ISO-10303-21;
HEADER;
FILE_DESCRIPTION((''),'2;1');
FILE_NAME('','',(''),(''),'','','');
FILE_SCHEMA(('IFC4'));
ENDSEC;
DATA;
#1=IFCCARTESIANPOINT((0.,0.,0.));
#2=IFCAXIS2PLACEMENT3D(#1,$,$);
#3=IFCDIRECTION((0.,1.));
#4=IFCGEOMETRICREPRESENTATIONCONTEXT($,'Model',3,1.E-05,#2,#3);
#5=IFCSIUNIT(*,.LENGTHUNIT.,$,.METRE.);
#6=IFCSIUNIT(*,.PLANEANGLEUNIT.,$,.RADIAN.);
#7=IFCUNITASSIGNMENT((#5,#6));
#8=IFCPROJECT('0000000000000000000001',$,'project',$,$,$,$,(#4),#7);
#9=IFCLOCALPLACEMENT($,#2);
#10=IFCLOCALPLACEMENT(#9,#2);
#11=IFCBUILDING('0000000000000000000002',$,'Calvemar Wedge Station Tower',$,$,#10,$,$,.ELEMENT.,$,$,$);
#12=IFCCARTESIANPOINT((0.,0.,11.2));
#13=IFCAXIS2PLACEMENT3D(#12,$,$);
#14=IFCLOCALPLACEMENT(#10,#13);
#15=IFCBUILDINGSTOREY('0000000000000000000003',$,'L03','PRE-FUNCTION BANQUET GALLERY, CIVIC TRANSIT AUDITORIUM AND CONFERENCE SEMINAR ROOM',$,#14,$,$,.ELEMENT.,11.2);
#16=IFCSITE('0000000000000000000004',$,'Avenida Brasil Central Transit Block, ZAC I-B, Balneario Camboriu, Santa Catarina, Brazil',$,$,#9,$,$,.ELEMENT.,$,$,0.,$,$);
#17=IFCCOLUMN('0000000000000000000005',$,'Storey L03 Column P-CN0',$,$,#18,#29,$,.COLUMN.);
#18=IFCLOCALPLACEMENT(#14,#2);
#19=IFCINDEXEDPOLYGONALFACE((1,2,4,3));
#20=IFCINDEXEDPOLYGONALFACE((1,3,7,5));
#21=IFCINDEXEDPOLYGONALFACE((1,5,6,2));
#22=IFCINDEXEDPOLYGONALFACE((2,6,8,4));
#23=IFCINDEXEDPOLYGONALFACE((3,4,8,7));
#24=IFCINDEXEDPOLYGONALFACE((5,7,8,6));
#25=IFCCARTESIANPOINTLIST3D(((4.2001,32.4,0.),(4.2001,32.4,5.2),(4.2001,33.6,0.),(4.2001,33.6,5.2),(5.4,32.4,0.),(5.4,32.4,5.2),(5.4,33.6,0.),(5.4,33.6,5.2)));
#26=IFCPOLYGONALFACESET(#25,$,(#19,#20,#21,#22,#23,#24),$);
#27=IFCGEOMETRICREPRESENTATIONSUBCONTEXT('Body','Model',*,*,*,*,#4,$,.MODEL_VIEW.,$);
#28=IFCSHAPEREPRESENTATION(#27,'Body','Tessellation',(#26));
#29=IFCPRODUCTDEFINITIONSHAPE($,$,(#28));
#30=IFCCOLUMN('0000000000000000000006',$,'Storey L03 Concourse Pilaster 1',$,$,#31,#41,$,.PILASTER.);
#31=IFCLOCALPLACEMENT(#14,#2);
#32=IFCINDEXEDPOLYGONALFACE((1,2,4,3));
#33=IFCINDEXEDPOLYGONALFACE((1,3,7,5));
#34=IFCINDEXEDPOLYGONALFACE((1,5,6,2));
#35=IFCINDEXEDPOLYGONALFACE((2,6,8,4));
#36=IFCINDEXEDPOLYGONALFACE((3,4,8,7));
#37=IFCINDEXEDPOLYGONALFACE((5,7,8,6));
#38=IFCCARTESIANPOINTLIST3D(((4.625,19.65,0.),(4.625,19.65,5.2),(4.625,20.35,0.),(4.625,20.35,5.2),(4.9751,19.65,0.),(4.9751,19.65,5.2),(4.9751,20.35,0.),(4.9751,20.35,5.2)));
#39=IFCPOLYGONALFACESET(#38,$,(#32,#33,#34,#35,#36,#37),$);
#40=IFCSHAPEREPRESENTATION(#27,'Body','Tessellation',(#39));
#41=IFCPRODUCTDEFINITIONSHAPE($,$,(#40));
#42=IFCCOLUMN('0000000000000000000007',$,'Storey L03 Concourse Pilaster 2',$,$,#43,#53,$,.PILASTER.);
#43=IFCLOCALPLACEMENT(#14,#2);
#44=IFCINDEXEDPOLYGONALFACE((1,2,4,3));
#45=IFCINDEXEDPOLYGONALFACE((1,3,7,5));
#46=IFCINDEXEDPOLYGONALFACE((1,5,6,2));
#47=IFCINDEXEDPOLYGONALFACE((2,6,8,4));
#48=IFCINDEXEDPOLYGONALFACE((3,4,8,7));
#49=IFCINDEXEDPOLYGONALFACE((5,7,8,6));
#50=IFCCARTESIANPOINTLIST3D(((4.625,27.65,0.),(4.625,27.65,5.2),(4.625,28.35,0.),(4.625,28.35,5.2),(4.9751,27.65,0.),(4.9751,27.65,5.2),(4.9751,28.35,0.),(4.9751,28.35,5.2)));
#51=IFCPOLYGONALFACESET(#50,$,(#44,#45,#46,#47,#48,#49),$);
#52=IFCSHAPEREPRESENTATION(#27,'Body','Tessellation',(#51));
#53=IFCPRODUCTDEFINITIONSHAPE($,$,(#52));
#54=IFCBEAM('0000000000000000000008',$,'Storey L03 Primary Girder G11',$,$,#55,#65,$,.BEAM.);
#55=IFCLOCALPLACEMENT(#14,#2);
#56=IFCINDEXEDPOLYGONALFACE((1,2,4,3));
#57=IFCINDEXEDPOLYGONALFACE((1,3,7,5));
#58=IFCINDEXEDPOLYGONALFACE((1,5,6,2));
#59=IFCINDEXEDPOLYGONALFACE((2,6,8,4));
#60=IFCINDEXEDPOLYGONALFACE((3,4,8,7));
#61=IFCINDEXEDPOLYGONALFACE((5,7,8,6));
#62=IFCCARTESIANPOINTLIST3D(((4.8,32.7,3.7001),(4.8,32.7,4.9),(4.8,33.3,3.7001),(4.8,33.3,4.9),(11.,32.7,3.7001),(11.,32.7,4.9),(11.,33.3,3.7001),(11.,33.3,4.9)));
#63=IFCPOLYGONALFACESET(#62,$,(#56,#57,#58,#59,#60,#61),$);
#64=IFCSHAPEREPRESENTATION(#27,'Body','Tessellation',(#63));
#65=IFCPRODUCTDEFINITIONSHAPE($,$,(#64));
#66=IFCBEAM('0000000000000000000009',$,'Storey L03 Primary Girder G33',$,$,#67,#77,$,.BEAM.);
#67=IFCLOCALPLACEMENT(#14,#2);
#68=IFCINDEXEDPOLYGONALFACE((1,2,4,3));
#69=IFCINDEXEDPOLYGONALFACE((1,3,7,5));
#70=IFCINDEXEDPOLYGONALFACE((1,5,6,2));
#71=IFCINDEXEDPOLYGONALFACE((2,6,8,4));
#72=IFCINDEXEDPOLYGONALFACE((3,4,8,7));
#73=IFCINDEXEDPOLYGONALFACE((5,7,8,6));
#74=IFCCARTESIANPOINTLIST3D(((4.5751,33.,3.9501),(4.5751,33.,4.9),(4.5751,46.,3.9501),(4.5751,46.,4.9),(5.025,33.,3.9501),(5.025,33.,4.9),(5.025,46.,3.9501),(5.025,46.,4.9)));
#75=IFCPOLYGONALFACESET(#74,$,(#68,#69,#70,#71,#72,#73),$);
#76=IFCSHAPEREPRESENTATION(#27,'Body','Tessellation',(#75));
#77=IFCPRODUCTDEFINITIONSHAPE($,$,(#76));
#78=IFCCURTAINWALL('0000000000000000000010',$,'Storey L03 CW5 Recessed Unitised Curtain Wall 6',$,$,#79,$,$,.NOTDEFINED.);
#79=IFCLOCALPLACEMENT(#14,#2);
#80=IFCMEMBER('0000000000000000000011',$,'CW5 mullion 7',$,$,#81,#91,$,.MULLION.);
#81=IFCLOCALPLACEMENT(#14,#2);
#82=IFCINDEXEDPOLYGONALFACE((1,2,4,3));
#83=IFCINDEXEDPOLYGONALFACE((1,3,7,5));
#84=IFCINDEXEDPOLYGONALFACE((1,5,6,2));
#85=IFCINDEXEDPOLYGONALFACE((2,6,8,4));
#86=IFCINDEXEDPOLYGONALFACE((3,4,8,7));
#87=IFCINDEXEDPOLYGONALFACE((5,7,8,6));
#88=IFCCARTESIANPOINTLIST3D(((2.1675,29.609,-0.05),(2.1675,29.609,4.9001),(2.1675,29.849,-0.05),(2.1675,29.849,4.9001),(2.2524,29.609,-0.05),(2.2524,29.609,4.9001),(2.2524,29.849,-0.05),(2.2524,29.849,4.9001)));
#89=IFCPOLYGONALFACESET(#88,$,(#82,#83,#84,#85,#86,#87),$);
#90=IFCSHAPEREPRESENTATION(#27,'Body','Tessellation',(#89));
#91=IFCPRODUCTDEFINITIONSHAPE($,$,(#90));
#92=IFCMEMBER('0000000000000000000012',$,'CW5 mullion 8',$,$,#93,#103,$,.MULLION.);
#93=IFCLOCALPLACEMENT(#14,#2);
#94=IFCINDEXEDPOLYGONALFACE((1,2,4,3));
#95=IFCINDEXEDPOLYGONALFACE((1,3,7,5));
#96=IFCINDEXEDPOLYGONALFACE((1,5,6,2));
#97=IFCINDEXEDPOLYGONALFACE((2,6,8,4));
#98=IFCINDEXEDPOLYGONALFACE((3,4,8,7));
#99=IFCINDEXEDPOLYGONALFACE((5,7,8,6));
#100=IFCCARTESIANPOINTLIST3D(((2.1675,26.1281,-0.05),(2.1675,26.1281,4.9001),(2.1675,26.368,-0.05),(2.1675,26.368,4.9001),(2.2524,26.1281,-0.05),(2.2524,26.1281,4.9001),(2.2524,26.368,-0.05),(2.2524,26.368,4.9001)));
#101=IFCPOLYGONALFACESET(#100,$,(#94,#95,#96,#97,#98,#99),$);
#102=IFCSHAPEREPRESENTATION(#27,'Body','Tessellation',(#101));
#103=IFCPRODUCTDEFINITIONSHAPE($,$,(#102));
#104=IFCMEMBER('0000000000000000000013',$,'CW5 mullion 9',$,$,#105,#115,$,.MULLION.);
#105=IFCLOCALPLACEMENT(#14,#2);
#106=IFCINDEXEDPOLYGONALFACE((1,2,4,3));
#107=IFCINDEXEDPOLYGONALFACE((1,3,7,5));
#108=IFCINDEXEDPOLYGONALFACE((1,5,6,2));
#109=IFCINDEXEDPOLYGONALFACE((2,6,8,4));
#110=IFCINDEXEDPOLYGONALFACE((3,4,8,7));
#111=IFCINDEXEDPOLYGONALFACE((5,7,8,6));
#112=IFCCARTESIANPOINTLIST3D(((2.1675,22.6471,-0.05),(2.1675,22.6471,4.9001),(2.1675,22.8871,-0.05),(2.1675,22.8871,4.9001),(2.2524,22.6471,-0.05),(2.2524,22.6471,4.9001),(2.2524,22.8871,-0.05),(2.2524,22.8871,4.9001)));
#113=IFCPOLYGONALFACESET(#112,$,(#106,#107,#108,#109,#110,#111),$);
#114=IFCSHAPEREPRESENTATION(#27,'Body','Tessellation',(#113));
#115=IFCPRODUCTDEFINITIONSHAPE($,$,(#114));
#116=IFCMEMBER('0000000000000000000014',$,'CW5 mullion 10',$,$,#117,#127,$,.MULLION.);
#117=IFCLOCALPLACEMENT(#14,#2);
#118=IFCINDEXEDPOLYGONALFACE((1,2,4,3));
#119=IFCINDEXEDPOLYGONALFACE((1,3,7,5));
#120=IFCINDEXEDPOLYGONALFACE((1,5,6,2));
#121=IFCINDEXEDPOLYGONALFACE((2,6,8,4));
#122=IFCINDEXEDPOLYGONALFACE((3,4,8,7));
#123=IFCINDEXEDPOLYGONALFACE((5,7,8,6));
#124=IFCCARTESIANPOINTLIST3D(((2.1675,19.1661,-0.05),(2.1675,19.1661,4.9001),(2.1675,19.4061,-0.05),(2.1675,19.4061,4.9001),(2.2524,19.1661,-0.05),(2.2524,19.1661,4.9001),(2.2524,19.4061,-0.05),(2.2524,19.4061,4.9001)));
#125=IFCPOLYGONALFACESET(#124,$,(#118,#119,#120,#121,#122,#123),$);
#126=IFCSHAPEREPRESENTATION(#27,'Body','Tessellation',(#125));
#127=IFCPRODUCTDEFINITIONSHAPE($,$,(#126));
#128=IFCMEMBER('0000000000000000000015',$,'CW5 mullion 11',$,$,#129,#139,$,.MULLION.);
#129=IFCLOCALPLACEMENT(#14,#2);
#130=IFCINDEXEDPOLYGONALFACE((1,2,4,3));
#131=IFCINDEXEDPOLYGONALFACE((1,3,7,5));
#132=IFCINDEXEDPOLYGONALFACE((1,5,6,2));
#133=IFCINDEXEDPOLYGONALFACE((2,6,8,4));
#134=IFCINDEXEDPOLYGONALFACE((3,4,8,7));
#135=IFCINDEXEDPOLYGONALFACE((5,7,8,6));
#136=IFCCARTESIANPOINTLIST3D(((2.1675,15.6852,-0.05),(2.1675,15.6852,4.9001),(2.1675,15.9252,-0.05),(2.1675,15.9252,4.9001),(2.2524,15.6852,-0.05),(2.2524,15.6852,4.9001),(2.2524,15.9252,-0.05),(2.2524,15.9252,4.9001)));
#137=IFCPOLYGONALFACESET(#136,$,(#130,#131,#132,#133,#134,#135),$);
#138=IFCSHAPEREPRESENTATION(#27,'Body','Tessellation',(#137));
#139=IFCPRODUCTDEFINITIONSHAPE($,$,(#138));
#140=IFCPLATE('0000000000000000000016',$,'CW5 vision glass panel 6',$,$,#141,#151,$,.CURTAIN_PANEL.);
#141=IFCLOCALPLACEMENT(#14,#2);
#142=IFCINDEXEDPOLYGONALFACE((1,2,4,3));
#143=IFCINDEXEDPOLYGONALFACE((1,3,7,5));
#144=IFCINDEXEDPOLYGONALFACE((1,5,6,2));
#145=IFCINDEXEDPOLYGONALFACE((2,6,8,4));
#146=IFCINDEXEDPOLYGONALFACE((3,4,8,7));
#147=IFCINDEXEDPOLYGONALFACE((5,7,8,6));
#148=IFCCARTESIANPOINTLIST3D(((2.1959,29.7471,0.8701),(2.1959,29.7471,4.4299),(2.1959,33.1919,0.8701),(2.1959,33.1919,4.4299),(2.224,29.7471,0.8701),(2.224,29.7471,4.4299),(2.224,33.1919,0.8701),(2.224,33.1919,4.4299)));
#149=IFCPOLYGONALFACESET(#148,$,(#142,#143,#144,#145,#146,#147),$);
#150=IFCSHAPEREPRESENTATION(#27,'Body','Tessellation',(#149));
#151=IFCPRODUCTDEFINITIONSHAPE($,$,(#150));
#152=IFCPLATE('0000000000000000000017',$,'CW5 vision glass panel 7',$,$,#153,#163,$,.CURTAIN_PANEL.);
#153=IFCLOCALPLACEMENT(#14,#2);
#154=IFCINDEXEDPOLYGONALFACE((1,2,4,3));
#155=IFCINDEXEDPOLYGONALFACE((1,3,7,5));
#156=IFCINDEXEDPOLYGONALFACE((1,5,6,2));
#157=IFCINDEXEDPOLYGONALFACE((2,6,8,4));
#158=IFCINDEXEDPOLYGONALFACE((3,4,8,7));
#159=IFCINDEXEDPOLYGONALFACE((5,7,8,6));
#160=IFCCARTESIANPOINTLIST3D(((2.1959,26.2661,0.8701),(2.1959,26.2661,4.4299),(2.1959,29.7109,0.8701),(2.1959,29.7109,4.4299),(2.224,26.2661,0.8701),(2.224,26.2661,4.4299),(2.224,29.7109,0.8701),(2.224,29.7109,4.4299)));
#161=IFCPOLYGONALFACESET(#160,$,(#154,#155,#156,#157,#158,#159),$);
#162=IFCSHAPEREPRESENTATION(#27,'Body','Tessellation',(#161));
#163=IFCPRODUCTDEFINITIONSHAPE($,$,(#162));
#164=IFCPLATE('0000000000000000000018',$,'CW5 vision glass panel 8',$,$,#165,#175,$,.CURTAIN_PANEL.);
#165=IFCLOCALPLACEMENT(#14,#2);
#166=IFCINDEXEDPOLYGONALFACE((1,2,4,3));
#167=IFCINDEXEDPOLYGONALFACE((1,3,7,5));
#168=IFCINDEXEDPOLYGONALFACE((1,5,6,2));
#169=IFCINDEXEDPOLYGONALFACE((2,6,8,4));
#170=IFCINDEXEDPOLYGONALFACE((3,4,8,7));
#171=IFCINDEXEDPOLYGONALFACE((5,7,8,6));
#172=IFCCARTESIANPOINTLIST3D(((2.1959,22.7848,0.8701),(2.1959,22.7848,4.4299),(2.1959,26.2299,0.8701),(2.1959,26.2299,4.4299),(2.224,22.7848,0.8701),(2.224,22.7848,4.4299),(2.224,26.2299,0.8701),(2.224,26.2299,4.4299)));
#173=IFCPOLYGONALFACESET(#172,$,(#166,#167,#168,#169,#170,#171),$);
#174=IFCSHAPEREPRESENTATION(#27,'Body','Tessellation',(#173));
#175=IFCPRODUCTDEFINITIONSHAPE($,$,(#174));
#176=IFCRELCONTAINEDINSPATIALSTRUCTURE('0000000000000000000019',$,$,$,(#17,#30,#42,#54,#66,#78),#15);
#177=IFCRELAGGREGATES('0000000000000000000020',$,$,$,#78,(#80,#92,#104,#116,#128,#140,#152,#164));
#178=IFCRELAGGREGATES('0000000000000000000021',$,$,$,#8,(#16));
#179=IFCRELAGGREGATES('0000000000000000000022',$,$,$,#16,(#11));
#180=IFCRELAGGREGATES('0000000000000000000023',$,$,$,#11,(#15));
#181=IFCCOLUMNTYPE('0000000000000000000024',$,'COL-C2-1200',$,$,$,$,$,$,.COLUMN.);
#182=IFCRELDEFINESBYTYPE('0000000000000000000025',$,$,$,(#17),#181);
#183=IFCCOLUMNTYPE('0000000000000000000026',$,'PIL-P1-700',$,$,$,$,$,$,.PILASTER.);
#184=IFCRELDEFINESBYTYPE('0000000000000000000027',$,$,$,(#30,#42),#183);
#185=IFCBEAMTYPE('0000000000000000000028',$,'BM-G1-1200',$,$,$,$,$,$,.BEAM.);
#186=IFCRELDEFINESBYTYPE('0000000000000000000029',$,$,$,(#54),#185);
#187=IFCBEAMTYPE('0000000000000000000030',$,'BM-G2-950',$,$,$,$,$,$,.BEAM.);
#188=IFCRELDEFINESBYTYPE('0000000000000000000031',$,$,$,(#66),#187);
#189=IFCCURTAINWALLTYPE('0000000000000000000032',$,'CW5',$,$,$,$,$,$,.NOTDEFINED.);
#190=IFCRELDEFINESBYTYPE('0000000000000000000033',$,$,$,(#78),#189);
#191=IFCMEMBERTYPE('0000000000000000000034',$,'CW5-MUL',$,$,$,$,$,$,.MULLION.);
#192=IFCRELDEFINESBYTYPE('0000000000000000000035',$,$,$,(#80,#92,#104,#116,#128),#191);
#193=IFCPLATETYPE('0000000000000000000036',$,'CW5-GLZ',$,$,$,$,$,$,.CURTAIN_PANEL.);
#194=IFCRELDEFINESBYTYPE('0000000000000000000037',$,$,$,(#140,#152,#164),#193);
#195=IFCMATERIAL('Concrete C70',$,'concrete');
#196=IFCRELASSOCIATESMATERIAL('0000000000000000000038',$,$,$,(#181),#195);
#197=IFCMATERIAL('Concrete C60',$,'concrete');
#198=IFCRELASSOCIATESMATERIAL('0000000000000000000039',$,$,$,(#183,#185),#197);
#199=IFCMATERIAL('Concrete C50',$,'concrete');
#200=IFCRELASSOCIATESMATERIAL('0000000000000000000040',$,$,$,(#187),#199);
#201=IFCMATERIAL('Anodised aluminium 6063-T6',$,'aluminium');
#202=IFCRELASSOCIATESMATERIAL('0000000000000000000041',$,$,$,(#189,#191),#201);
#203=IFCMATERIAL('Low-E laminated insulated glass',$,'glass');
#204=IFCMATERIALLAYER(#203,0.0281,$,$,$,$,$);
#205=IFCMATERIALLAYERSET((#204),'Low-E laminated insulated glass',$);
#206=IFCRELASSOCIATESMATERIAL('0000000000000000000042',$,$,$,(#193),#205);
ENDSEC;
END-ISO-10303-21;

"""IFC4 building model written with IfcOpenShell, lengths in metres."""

from ifc_helpers import new_model, si_unit, direction, frame, frame_2d, origin, origin_2d, place, context, subcontext, project, spatial, rectangle, extrude, source, transform, mapped, material, layer, layer_set, material_profile, profile_set, type_object, element, aggregate, save


model = new_model("IFC4")

# Units and contexts
model_context = context("Model", 3, precision=1e-05, world=origin(), true_north=direction((0.0, 1.0)))
body_context = subcontext(model_context, "Body", "Model", "MODEL_VIEW")
ifc_project = project(units=[si_unit("LENGTHUNIT", "METRE"), si_unit("PLANEANGLEUNIT", "RADIAN")], contexts=[model_context])

# Site, building, storey
site_placement = place(None, origin())
site = spatial("IfcSite", under=ifc_project, at=site_placement, Name="Avenida Brasil Central Transit Block, ZAC I-B, Balneario Camboriu, Santa Catarina, Brazil", CompositionType="ELEMENT", RefElevation=0.0)
building_placement = place(site_placement, origin())
building = spatial("IfcBuilding", under=site, at=building_placement, Name="Calvemar Wedge Station Tower", CompositionType="ELEMENT")
storey_placement = place(building_placement, frame((0.0, 0.0, 11.2)))
storey = spatial("IfcBuildingStorey", under=building, at=storey_placement, Name="L03", Description="PRE-FUNCTION BANQUET GALLERY, CIVIC TRANSIT AUDITORIUM AND CONFERENCE SEMINAR ROOM", CompositionType="ELEMENT", Elevation=11.2)

# Columns
ifc_material_1 = material(Name="Concrete C70", Category="concrete")
ifc_material_profile_1 = material_profile(ifc_material_1, rectangle(XDim=1.2, YDim=1.2, at=origin_2d()), Name="RC1200x1200")
ifc_profile_set_1 = profile_set([ifc_material_profile_1], Name="Concrete C70")
column_type_1 = type_object("IfcColumnType", Name="COL-C2-1200", PredefinedType="COLUMN", material=ifc_profile_set_1)
shared_shape_1 = source(origin(), body_context, "Body", "SweptSolid", [
    extrude(rectangle(XDim=1.2, YDim=1.2, at=origin_2d()), origin(), (0.0, 0.0, 1.0), 5.2),
])
column_placement = place(storey_placement, frame((4.8, 33.0, 0.0), z_axis=(0.0, 0.0, 1.0), x_axis=(1.0, 0.0, 0.0)))
element("IfcColumn", 1, at=column_placement, inside=storey, type_object=column_type_1, Name="Storey L03 Column P-CN0", PredefinedType="COLUMN", context=body_context, shape_type="MappedRepresentation", body=[
    mapped(shared_shape_1, transform((0.0, 0.0, 0.0), scale=1.0)),
])
ifc_material_2 = material(Name="Concrete C60", Category="concrete")
ifc_material_profile_2 = material_profile(ifc_material_2, rectangle(XDim=0.3501, YDim=0.7, at=origin_2d()), Name="RC350x700")
ifc_profile_set_2 = profile_set([ifc_material_profile_2], Name="Concrete C60")
column_type_2 = type_object("IfcColumnType", Name="PIL-P1-700", PredefinedType="PILASTER", material=ifc_profile_set_2)
shared_shape_2 = source(origin(), body_context, "Body", "SweptSolid", [
    extrude(rectangle(XDim=0.3501, YDim=0.7, at=origin_2d()), origin(), (0.0, 0.0, 1.0), 5.2),
])
for number, where, z_axis, x_axis, name in (
    (2, (4.8, 20.0, 0.0), (0.0, 0.0, 1.0), (1.0, 0.0, 0.0), "Storey L03 Concourse Pilaster 1"),
    (3, (4.8, 28.0, 0.0), (0.0, 0.0, 1.0), (1.0, 0.0, 0.0), "Storey L03 Concourse Pilaster 2"),
):
    element("IfcColumn", number, at=place(storey_placement, frame(where, z_axis=z_axis, x_axis=x_axis)), inside=storey, type_object=column_type_2, Name=name, PredefinedType="PILASTER", context=body_context, shape_type="MappedRepresentation", body=[
        mapped(shared_shape_2, transform((0.0, 0.0, 0.0), scale=1.0)),
    ])

# Beams
ifc_material_profile_3 = material_profile(ifc_material_2, rectangle(XDim=0.6001, YDim=1.2, at=origin_2d()), Name="RC600x1200")
ifc_profile_set_3 = profile_set([ifc_material_profile_3], Name="Concrete C60")
beam_type_1 = type_object("IfcBeamType", Name="BM-G1-1200", PredefinedType="BEAM", material=ifc_profile_set_3)
shared_shape_3 = source(origin(), body_context, "Body", "SweptSolid", [
    extrude(rectangle(XDim=0.6001, YDim=1.2, at=origin_2d()), origin(), (0.0, 0.0, 1.0), 6.2),
])
beam_1_placement = place(storey_placement, frame((4.8, 33.0, 4.3), z_axis=(1.0, 0.0, 0.0), x_axis=(0.0, 1.0, 0.0)))
element("IfcBeam", 4, at=beam_1_placement, inside=storey, type_object=beam_type_1, Name="Storey L03 Primary Girder G11", PredefinedType="BEAM", context=body_context, shape_type="MappedRepresentation", body=[
    mapped(shared_shape_3, transform((0.0, 0.0, 0.0), scale=1.0)),
])
ifc_material_3 = material(Name="Concrete C50", Category="concrete")
ifc_material_profile_4 = material_profile(ifc_material_3, rectangle(XDim=0.45, YDim=0.95, at=origin_2d()), Name="RC450x950")
ifc_profile_set_4 = profile_set([ifc_material_profile_4], Name="Concrete C50")
beam_type_2 = type_object("IfcBeamType", Name="BM-G2-950", PredefinedType="BEAM", material=ifc_profile_set_4)
shared_shape_4 = source(origin(), body_context, "Body", "SweptSolid", [
    extrude(rectangle(XDim=0.45, YDim=0.95, at=origin_2d()), origin(), (0.0, 0.0, 1.0), 13.0),
])
beam_2_placement = place(storey_placement, frame((4.8, 33.0, 4.425), z_axis=(0.0, 1.0, 0.0), x_axis=(-1.0, 0.0, 0.0)))
element("IfcBeam", 5, at=beam_2_placement, inside=storey, type_object=beam_type_2, Name="Storey L03 Primary Girder G33", PredefinedType="BEAM", context=body_context, shape_type="MappedRepresentation", body=[
    mapped(shared_shape_4, transform((0.0, 0.0, 0.0), scale=1.0)),
])

# Curtain wall, members, plates
ifc_material_4 = material(Name="Anodised aluminium 6063-T6", Category="aluminium")
curtain_wall_type = type_object("IfcCurtainWallType", Name="CW5", PredefinedType="NOTDEFINED", material=ifc_material_4)
curtain_wall_placement = place(storey_placement, origin())
curtain_wall = element("IfcCurtainWall", 6, at=curtain_wall_placement, inside=storey, type_object=curtain_wall_type, Name="Storey L03 CW5 Recessed Unitised Curtain Wall 6", PredefinedType="NOTDEFINED")
ifc_material_profile_5 = material_profile(ifc_material_4, rectangle(XDim=0.085, YDim=0.24, at=origin_2d()), Name="AL-MUL-85x240")
ifc_profile_set_5 = profile_set([ifc_material_profile_5], Name="Anodised aluminium 6063-T6")
member_type = type_object("IfcMemberType", Name="CW5-MUL", PredefinedType="MULLION", material=ifc_profile_set_5)
shared_shape_5 = source(origin(), body_context, "Body", "SweptSolid", [
    extrude(rectangle(XDim=0.085, YDim=0.24, at=origin_2d()), origin(), (0.0, 0.0, 1.0), 4.9502),
])
member_1_placement = place(storey_placement, frame((2.21, 29.729, -0.05), z_axis=(0.0, 0.0, 1.0), x_axis=(1.0, 0.0, 0.0)))
member_1 = element("IfcMember", 7, at=member_1_placement, type_object=member_type, Name="CW5 mullion 7", PredefinedType="MULLION", context=body_context, shape_type="MappedRepresentation", body=[
    mapped(shared_shape_5, transform((0.0, 0.0, 0.0), scale=1.0)),
])
member_2_placement = place(storey_placement, frame((2.21, 26.248, -0.05), z_axis=(0.0, 0.0, 1.0), x_axis=(1.0, 0.0, 0.0)))
member_2 = element("IfcMember", 8, at=member_2_placement, type_object=member_type, Name="CW5 mullion 8", PredefinedType="MULLION", context=body_context, shape_type="MappedRepresentation", body=[
    mapped(shared_shape_5, transform((0.0, 0.0, 0.0), scale=1.0)),
])
member_3_placement = place(storey_placement, frame((2.21, 22.7671, -0.05), z_axis=(0.0, 0.0, 1.0), x_axis=(1.0, 0.0, 0.0)))
member_3 = element("IfcMember", 9, at=member_3_placement, type_object=member_type, Name="CW5 mullion 9", PredefinedType="MULLION", context=body_context, shape_type="MappedRepresentation", body=[
    mapped(shared_shape_5, transform((0.0, 0.0, 0.0), scale=1.0)),
])
member_4_placement = place(storey_placement, frame((2.21, 19.2861, -0.05), z_axis=(0.0, 0.0, 1.0), x_axis=(1.0, 0.0, 0.0)))
member_4 = element("IfcMember", 10, at=member_4_placement, type_object=member_type, Name="CW5 mullion 10", PredefinedType="MULLION", context=body_context, shape_type="MappedRepresentation", body=[
    mapped(shared_shape_5, transform((0.0, 0.0, 0.0), scale=1.0)),
])
member_5_placement = place(storey_placement, frame((2.21, 15.8052, -0.05), z_axis=(0.0, 0.0, 1.0), x_axis=(1.0, 0.0, 0.0)))
member_5 = element("IfcMember", 11, at=member_5_placement, type_object=member_type, Name="CW5 mullion 11", PredefinedType="MULLION", context=body_context, shape_type="MappedRepresentation", body=[
    mapped(shared_shape_5, transform((0.0, 0.0, 0.0), scale=1.0)),
])
ifc_material_5 = material(Name="Low-E laminated insulated glass", Category="glass")
ifc_layer_1 = layer(ifc_material_5, 0.0281)
ifc_layer_set_1 = layer_set([ifc_layer_1], Name="Low-E laminated insulated glass")
plate_type_1 = type_object("IfcPlateType", Name="CW5-GLZ", PredefinedType="CURTAIN_PANEL", material=ifc_layer_set_1)
plate_1_placement = place(storey_placement, frame((2.21, 33.1919, 0.8701), z_axis=(0.0, 0.0, 1.0), x_axis=(0.0, -1.0, 0.0)))
plate_1 = element("IfcPlate", 12, at=plate_1_placement, type_object=plate_type_1, Name="CW5 vision glass panel 6", PredefinedType="CURTAIN_PANEL", context=body_context, shape_type="SweptSolid", body=[
    extrude(rectangle(XDim=3.4448, YDim=0.0281, at=frame_2d((1.7224, 0.0))), origin(), (0.0, 0.0, 1.0), 3.5598),
])
plate_2_placement = place(storey_placement, frame((2.21, 29.7109, 0.8701), z_axis=(0.0, 0.0, 1.0), x_axis=(0.0, -1.0, 0.0)))
plate_2 = element("IfcPlate", 13, at=plate_2_placement, type_object=plate_type_1, Name="CW5 vision glass panel 7", PredefinedType="CURTAIN_PANEL", context=body_context, shape_type="SweptSolid", body=[
    extrude(rectangle(XDim=3.4448, YDim=0.0281, at=frame_2d((1.7224, 0.0))), origin(), (0.0, 0.0, 1.0), 3.5598),
])
plate_3_placement = place(storey_placement, frame((2.21, 26.23, 0.8701), z_axis=(0.0, 0.0, 1.0), x_axis=(0.0, -1.0, 0.0)))
plate_3 = element("IfcPlate", 14, at=plate_3_placement, type_object=plate_type_1, Name="CW5 vision glass panel 8", PredefinedType="CURTAIN_PANEL", context=body_context, shape_type="SweptSolid", body=[
    extrude(rectangle(XDim=3.4451, YDim=0.0281, at=frame_2d((1.7227, 0.0))), origin(), (0.0, 0.0, 1.0), 3.5598),
])
aggregate(curtain_wall, [member_1, member_2, member_3, member_4, member_5, plate_1, plate_2, plate_3])

save(model, "model.ifc")
